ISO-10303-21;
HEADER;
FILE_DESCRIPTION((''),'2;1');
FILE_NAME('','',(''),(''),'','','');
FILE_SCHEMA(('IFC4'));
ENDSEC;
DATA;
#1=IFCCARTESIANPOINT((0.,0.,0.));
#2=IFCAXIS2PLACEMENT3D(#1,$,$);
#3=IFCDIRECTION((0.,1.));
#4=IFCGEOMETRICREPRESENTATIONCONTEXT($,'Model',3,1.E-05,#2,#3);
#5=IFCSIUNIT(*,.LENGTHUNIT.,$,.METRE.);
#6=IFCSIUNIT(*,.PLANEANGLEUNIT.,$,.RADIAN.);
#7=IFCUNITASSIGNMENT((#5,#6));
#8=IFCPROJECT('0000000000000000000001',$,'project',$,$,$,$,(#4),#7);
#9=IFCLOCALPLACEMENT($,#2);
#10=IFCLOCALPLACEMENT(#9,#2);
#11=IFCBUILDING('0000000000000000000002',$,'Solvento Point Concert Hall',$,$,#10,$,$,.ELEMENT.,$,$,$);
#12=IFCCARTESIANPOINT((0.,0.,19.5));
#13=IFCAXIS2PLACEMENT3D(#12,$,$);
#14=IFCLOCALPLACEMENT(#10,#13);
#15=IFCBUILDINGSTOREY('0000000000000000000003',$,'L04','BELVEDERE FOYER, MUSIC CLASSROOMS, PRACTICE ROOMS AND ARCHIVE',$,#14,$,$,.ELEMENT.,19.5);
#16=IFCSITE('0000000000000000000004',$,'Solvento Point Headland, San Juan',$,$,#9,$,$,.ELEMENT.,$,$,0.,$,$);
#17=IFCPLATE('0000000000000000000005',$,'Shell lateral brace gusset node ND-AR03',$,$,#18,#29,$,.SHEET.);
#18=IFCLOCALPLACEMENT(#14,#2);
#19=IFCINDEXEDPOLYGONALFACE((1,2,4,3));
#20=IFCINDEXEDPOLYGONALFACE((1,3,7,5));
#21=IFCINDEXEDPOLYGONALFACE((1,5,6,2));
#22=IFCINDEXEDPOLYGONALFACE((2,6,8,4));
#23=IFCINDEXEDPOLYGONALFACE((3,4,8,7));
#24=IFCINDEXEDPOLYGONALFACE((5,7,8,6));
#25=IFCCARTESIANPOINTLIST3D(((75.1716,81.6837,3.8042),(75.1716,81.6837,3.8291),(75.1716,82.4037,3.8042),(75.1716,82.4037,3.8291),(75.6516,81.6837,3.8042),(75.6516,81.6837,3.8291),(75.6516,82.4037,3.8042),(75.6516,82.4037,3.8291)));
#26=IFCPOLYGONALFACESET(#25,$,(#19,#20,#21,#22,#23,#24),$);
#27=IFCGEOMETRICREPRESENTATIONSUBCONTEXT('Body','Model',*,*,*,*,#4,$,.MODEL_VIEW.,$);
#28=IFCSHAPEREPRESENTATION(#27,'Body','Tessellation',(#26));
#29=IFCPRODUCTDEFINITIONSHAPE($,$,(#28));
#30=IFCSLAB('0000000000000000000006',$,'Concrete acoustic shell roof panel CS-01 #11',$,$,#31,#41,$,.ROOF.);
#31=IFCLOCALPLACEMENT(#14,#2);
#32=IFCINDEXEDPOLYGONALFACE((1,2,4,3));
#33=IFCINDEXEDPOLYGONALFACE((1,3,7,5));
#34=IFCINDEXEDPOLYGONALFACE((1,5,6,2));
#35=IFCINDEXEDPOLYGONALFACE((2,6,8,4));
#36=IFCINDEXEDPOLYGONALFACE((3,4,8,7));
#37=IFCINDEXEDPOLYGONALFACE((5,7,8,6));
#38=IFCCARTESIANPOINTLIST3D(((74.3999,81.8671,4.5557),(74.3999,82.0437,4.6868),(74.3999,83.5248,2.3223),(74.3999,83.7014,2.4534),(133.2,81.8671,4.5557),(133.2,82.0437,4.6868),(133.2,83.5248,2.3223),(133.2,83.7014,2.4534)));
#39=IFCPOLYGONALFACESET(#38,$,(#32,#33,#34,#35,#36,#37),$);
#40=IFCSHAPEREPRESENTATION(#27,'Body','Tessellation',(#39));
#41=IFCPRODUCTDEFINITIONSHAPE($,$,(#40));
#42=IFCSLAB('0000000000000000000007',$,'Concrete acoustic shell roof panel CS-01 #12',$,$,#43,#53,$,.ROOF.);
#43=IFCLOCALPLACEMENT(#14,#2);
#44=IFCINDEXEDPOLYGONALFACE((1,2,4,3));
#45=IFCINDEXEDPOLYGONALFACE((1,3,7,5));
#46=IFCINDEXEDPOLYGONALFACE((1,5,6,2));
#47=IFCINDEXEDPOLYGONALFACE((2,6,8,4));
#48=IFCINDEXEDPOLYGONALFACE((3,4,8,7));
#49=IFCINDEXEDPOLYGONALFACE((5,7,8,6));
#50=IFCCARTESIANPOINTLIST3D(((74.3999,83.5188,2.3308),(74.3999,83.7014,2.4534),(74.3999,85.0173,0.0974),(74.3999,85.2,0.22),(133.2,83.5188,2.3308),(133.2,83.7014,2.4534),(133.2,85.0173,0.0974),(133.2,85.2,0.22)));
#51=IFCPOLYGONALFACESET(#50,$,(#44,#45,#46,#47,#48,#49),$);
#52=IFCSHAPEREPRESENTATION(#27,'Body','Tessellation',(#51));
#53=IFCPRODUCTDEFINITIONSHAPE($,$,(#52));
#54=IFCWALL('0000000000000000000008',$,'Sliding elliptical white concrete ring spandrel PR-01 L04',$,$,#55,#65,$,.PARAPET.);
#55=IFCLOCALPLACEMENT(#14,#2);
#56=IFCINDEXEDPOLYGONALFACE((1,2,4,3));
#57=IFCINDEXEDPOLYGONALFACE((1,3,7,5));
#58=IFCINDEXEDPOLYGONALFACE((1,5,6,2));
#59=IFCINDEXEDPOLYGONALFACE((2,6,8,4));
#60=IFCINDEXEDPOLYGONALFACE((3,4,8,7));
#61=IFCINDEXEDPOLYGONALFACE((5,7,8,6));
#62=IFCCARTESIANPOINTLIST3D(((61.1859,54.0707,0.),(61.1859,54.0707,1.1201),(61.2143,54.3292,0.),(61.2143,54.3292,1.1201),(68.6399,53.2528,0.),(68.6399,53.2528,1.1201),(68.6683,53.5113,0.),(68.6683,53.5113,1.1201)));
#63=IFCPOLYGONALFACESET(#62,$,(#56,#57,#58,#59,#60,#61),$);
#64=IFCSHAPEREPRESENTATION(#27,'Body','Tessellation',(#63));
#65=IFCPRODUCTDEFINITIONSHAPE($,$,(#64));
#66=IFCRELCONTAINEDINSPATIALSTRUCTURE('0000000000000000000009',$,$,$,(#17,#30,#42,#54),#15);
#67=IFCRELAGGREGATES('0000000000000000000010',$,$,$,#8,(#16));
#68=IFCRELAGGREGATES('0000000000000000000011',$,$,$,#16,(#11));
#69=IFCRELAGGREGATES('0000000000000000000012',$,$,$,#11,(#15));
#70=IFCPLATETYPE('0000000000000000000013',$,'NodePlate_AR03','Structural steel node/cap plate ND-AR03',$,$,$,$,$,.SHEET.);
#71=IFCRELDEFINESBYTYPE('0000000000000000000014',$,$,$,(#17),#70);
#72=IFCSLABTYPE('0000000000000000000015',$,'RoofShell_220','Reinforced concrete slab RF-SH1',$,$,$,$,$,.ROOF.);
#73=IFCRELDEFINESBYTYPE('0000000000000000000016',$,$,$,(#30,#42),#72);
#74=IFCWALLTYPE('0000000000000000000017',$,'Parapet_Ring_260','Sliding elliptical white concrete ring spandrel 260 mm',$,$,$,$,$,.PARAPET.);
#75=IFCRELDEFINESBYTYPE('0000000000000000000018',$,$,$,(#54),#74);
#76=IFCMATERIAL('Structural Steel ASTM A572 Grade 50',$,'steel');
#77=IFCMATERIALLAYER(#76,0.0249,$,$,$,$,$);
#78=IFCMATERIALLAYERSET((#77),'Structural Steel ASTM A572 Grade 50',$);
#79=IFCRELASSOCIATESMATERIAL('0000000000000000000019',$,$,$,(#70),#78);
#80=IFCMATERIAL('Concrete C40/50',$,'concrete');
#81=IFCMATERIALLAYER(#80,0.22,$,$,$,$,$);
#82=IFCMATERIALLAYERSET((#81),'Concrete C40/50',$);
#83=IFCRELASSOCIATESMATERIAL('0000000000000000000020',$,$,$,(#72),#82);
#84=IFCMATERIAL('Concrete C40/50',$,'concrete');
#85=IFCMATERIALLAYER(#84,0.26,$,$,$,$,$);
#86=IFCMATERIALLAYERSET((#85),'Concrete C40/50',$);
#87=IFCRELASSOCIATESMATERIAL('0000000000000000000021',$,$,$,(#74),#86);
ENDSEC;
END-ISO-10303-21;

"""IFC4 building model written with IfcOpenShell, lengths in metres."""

from ifc_helpers import new_model, si_unit, direction, frame, frame_2d, origin, origin_2d, place, context, subcontext, project, spatial, polyline, rectangle, outline, extrude, material, layer, layer_set, type_object, element, save


model = new_model("IFC4")

# Units and contexts
model_context = context("Model", 3, precision=1e-05, world=origin(), true_north=direction((0.0, 1.0)))
body_context = subcontext(model_context, "Body", "Model", "MODEL_VIEW")
ifc_project = project(units=[si_unit("LENGTHUNIT", "METRE"), si_unit("PLANEANGLEUNIT", "RADIAN")], contexts=[model_context])

# Site, building, storey
site_placement = place(None, origin())
site = spatial("IfcSite", under=ifc_project, at=site_placement, Name="Solvento Point Headland, San Juan", CompositionType="ELEMENT", RefElevation=0.0)
building_placement = place(site_placement, origin())
building = spatial("IfcBuilding", under=site, at=building_placement, Name="Solvento Point Concert Hall", CompositionType="ELEMENT")
storey_placement = place(building_placement, frame((0.0, 0.0, 19.5)))
storey = spatial("IfcBuildingStorey", under=building, at=storey_placement, Name="L04", Description="BELVEDERE FOYER, MUSIC CLASSROOMS, PRACTICE ROOMS AND ARCHIVE", CompositionType="ELEMENT", Elevation=19.5)

# Plate
ifc_material_1 = material(Name="Structural Steel ASTM A572 Grade 50", Category="steel")
ifc_layer_1 = layer(ifc_material_1, 0.0249)
ifc_layer_set_1 = layer_set([ifc_layer_1], Name="Structural Steel ASTM A572 Grade 50")
plate_type_1 = type_object("IfcPlateType", Name="NodePlate_AR03", Description="Structural steel node/cap plate ND-AR03", PredefinedType="SHEET", material=ifc_layer_set_1)
plate_1_placement = place(storey_placement, frame((75.4116, 82.0437, 3.8042), z_axis=(0.0, 0.0, 1.0), x_axis=(0.0, 1.0, 0.0)))
element("IfcPlate", 1, at=plate_1_placement, inside=storey, type_object=plate_type_1, Name="Shell lateral brace gusset node ND-AR03", PredefinedType="SHEET", context=body_context, shape_type="SweptSolid", body=[
    extrude(rectangle(XDim=0.72, YDim=0.48, at=origin_2d()), origin(), (0.0, 0.0, 1.0), 0.0249),
])

# Slabs
ifc_material_2 = material(Name="Concrete C40/50", Category="concrete")
ifc_layer_2 = layer(ifc_material_2, 0.22)
ifc_layer_set_2 = layer_set([ifc_layer_2], Name="Concrete C40/50")
slab_type = type_object("IfcSlabType", Name="RoofShell_220", Description="Reinforced concrete slab RF-SH1", PredefinedType="ROOF", material=ifc_layer_set_2)
slab_1_placement = place(storey_placement, frame((74.3999, 82.0437, 4.6868), z_axis=(0.0, 0.802981, 0.596004), x_axis=(1.0, 0.0, 0.0)))
element("IfcSlab", 2, at=slab_1_placement, inside=storey, type_object=slab_type, Name="Concrete acoustic shell roof panel CS-01 #11", PredefinedType="ROOF", context=body_context, shape_type="SweptSolid", body=[
    extrude(outline(polyline([(0.0, 0.0), (58.8, 0.0), (58.8, 2.7814), (0.0, 2.7814), (0.0, 0.0)])), origin(), (0.0, 0.0, -1.0), 0.22),
])
slab_2_placement = place(storey_placement, frame((74.3999, 83.7014, 2.4534), z_axis=(0.0, 0.830399, 0.55717), x_axis=(1.0, 0.0, 0.0)))
element("IfcSlab", 3, at=slab_2_placement, inside=storey, type_object=slab_type, Name="Concrete acoustic shell roof panel CS-01 #12", PredefinedType="ROOF", context=body_context, shape_type="SweptSolid", body=[
    extrude(outline(polyline([(0.0, 0.0), (58.8, 0.0), (58.8, 2.6895), (0.0, 2.6895), (0.0, 0.0)])), origin(), (0.0, 0.0, -1.0), 0.22),
])

# Wall
ifc_material_3 = material(Name="Concrete C40/50", Category="concrete")
ifc_layer_3 = layer(ifc_material_3, 0.26)
ifc_layer_set_3 = layer_set([ifc_layer_3], Name="Concrete C40/50")
wall_type = type_object("IfcWallType", Name="Parapet_Ring_260", Description="Sliding elliptical white concrete ring spandrel 260 mm", PredefinedType="PARAPET", material=ifc_layer_set_3)
wall_placement = place(storey_placement, frame((61.2, 54.2, 0.0), z_axis=(0.0, 0.0, 1.0), x_axis=(0.994034, -0.109066, 0.0)))
element("IfcWall", 4, at=wall_placement, inside=storey, type_object=wall_type, Name="Sliding elliptical white concrete ring spandrel PR-01 L04", PredefinedType="PARAPET", context=body_context, shape_type="SweptSolid", body=[
    extrude(rectangle(XDim=7.4988, YDim=0.26, at=frame_2d((3.7495, 0.0))), origin(), (0.0, 0.0, 1.0), 1.1201),
])

save(model, "model.ifc")
